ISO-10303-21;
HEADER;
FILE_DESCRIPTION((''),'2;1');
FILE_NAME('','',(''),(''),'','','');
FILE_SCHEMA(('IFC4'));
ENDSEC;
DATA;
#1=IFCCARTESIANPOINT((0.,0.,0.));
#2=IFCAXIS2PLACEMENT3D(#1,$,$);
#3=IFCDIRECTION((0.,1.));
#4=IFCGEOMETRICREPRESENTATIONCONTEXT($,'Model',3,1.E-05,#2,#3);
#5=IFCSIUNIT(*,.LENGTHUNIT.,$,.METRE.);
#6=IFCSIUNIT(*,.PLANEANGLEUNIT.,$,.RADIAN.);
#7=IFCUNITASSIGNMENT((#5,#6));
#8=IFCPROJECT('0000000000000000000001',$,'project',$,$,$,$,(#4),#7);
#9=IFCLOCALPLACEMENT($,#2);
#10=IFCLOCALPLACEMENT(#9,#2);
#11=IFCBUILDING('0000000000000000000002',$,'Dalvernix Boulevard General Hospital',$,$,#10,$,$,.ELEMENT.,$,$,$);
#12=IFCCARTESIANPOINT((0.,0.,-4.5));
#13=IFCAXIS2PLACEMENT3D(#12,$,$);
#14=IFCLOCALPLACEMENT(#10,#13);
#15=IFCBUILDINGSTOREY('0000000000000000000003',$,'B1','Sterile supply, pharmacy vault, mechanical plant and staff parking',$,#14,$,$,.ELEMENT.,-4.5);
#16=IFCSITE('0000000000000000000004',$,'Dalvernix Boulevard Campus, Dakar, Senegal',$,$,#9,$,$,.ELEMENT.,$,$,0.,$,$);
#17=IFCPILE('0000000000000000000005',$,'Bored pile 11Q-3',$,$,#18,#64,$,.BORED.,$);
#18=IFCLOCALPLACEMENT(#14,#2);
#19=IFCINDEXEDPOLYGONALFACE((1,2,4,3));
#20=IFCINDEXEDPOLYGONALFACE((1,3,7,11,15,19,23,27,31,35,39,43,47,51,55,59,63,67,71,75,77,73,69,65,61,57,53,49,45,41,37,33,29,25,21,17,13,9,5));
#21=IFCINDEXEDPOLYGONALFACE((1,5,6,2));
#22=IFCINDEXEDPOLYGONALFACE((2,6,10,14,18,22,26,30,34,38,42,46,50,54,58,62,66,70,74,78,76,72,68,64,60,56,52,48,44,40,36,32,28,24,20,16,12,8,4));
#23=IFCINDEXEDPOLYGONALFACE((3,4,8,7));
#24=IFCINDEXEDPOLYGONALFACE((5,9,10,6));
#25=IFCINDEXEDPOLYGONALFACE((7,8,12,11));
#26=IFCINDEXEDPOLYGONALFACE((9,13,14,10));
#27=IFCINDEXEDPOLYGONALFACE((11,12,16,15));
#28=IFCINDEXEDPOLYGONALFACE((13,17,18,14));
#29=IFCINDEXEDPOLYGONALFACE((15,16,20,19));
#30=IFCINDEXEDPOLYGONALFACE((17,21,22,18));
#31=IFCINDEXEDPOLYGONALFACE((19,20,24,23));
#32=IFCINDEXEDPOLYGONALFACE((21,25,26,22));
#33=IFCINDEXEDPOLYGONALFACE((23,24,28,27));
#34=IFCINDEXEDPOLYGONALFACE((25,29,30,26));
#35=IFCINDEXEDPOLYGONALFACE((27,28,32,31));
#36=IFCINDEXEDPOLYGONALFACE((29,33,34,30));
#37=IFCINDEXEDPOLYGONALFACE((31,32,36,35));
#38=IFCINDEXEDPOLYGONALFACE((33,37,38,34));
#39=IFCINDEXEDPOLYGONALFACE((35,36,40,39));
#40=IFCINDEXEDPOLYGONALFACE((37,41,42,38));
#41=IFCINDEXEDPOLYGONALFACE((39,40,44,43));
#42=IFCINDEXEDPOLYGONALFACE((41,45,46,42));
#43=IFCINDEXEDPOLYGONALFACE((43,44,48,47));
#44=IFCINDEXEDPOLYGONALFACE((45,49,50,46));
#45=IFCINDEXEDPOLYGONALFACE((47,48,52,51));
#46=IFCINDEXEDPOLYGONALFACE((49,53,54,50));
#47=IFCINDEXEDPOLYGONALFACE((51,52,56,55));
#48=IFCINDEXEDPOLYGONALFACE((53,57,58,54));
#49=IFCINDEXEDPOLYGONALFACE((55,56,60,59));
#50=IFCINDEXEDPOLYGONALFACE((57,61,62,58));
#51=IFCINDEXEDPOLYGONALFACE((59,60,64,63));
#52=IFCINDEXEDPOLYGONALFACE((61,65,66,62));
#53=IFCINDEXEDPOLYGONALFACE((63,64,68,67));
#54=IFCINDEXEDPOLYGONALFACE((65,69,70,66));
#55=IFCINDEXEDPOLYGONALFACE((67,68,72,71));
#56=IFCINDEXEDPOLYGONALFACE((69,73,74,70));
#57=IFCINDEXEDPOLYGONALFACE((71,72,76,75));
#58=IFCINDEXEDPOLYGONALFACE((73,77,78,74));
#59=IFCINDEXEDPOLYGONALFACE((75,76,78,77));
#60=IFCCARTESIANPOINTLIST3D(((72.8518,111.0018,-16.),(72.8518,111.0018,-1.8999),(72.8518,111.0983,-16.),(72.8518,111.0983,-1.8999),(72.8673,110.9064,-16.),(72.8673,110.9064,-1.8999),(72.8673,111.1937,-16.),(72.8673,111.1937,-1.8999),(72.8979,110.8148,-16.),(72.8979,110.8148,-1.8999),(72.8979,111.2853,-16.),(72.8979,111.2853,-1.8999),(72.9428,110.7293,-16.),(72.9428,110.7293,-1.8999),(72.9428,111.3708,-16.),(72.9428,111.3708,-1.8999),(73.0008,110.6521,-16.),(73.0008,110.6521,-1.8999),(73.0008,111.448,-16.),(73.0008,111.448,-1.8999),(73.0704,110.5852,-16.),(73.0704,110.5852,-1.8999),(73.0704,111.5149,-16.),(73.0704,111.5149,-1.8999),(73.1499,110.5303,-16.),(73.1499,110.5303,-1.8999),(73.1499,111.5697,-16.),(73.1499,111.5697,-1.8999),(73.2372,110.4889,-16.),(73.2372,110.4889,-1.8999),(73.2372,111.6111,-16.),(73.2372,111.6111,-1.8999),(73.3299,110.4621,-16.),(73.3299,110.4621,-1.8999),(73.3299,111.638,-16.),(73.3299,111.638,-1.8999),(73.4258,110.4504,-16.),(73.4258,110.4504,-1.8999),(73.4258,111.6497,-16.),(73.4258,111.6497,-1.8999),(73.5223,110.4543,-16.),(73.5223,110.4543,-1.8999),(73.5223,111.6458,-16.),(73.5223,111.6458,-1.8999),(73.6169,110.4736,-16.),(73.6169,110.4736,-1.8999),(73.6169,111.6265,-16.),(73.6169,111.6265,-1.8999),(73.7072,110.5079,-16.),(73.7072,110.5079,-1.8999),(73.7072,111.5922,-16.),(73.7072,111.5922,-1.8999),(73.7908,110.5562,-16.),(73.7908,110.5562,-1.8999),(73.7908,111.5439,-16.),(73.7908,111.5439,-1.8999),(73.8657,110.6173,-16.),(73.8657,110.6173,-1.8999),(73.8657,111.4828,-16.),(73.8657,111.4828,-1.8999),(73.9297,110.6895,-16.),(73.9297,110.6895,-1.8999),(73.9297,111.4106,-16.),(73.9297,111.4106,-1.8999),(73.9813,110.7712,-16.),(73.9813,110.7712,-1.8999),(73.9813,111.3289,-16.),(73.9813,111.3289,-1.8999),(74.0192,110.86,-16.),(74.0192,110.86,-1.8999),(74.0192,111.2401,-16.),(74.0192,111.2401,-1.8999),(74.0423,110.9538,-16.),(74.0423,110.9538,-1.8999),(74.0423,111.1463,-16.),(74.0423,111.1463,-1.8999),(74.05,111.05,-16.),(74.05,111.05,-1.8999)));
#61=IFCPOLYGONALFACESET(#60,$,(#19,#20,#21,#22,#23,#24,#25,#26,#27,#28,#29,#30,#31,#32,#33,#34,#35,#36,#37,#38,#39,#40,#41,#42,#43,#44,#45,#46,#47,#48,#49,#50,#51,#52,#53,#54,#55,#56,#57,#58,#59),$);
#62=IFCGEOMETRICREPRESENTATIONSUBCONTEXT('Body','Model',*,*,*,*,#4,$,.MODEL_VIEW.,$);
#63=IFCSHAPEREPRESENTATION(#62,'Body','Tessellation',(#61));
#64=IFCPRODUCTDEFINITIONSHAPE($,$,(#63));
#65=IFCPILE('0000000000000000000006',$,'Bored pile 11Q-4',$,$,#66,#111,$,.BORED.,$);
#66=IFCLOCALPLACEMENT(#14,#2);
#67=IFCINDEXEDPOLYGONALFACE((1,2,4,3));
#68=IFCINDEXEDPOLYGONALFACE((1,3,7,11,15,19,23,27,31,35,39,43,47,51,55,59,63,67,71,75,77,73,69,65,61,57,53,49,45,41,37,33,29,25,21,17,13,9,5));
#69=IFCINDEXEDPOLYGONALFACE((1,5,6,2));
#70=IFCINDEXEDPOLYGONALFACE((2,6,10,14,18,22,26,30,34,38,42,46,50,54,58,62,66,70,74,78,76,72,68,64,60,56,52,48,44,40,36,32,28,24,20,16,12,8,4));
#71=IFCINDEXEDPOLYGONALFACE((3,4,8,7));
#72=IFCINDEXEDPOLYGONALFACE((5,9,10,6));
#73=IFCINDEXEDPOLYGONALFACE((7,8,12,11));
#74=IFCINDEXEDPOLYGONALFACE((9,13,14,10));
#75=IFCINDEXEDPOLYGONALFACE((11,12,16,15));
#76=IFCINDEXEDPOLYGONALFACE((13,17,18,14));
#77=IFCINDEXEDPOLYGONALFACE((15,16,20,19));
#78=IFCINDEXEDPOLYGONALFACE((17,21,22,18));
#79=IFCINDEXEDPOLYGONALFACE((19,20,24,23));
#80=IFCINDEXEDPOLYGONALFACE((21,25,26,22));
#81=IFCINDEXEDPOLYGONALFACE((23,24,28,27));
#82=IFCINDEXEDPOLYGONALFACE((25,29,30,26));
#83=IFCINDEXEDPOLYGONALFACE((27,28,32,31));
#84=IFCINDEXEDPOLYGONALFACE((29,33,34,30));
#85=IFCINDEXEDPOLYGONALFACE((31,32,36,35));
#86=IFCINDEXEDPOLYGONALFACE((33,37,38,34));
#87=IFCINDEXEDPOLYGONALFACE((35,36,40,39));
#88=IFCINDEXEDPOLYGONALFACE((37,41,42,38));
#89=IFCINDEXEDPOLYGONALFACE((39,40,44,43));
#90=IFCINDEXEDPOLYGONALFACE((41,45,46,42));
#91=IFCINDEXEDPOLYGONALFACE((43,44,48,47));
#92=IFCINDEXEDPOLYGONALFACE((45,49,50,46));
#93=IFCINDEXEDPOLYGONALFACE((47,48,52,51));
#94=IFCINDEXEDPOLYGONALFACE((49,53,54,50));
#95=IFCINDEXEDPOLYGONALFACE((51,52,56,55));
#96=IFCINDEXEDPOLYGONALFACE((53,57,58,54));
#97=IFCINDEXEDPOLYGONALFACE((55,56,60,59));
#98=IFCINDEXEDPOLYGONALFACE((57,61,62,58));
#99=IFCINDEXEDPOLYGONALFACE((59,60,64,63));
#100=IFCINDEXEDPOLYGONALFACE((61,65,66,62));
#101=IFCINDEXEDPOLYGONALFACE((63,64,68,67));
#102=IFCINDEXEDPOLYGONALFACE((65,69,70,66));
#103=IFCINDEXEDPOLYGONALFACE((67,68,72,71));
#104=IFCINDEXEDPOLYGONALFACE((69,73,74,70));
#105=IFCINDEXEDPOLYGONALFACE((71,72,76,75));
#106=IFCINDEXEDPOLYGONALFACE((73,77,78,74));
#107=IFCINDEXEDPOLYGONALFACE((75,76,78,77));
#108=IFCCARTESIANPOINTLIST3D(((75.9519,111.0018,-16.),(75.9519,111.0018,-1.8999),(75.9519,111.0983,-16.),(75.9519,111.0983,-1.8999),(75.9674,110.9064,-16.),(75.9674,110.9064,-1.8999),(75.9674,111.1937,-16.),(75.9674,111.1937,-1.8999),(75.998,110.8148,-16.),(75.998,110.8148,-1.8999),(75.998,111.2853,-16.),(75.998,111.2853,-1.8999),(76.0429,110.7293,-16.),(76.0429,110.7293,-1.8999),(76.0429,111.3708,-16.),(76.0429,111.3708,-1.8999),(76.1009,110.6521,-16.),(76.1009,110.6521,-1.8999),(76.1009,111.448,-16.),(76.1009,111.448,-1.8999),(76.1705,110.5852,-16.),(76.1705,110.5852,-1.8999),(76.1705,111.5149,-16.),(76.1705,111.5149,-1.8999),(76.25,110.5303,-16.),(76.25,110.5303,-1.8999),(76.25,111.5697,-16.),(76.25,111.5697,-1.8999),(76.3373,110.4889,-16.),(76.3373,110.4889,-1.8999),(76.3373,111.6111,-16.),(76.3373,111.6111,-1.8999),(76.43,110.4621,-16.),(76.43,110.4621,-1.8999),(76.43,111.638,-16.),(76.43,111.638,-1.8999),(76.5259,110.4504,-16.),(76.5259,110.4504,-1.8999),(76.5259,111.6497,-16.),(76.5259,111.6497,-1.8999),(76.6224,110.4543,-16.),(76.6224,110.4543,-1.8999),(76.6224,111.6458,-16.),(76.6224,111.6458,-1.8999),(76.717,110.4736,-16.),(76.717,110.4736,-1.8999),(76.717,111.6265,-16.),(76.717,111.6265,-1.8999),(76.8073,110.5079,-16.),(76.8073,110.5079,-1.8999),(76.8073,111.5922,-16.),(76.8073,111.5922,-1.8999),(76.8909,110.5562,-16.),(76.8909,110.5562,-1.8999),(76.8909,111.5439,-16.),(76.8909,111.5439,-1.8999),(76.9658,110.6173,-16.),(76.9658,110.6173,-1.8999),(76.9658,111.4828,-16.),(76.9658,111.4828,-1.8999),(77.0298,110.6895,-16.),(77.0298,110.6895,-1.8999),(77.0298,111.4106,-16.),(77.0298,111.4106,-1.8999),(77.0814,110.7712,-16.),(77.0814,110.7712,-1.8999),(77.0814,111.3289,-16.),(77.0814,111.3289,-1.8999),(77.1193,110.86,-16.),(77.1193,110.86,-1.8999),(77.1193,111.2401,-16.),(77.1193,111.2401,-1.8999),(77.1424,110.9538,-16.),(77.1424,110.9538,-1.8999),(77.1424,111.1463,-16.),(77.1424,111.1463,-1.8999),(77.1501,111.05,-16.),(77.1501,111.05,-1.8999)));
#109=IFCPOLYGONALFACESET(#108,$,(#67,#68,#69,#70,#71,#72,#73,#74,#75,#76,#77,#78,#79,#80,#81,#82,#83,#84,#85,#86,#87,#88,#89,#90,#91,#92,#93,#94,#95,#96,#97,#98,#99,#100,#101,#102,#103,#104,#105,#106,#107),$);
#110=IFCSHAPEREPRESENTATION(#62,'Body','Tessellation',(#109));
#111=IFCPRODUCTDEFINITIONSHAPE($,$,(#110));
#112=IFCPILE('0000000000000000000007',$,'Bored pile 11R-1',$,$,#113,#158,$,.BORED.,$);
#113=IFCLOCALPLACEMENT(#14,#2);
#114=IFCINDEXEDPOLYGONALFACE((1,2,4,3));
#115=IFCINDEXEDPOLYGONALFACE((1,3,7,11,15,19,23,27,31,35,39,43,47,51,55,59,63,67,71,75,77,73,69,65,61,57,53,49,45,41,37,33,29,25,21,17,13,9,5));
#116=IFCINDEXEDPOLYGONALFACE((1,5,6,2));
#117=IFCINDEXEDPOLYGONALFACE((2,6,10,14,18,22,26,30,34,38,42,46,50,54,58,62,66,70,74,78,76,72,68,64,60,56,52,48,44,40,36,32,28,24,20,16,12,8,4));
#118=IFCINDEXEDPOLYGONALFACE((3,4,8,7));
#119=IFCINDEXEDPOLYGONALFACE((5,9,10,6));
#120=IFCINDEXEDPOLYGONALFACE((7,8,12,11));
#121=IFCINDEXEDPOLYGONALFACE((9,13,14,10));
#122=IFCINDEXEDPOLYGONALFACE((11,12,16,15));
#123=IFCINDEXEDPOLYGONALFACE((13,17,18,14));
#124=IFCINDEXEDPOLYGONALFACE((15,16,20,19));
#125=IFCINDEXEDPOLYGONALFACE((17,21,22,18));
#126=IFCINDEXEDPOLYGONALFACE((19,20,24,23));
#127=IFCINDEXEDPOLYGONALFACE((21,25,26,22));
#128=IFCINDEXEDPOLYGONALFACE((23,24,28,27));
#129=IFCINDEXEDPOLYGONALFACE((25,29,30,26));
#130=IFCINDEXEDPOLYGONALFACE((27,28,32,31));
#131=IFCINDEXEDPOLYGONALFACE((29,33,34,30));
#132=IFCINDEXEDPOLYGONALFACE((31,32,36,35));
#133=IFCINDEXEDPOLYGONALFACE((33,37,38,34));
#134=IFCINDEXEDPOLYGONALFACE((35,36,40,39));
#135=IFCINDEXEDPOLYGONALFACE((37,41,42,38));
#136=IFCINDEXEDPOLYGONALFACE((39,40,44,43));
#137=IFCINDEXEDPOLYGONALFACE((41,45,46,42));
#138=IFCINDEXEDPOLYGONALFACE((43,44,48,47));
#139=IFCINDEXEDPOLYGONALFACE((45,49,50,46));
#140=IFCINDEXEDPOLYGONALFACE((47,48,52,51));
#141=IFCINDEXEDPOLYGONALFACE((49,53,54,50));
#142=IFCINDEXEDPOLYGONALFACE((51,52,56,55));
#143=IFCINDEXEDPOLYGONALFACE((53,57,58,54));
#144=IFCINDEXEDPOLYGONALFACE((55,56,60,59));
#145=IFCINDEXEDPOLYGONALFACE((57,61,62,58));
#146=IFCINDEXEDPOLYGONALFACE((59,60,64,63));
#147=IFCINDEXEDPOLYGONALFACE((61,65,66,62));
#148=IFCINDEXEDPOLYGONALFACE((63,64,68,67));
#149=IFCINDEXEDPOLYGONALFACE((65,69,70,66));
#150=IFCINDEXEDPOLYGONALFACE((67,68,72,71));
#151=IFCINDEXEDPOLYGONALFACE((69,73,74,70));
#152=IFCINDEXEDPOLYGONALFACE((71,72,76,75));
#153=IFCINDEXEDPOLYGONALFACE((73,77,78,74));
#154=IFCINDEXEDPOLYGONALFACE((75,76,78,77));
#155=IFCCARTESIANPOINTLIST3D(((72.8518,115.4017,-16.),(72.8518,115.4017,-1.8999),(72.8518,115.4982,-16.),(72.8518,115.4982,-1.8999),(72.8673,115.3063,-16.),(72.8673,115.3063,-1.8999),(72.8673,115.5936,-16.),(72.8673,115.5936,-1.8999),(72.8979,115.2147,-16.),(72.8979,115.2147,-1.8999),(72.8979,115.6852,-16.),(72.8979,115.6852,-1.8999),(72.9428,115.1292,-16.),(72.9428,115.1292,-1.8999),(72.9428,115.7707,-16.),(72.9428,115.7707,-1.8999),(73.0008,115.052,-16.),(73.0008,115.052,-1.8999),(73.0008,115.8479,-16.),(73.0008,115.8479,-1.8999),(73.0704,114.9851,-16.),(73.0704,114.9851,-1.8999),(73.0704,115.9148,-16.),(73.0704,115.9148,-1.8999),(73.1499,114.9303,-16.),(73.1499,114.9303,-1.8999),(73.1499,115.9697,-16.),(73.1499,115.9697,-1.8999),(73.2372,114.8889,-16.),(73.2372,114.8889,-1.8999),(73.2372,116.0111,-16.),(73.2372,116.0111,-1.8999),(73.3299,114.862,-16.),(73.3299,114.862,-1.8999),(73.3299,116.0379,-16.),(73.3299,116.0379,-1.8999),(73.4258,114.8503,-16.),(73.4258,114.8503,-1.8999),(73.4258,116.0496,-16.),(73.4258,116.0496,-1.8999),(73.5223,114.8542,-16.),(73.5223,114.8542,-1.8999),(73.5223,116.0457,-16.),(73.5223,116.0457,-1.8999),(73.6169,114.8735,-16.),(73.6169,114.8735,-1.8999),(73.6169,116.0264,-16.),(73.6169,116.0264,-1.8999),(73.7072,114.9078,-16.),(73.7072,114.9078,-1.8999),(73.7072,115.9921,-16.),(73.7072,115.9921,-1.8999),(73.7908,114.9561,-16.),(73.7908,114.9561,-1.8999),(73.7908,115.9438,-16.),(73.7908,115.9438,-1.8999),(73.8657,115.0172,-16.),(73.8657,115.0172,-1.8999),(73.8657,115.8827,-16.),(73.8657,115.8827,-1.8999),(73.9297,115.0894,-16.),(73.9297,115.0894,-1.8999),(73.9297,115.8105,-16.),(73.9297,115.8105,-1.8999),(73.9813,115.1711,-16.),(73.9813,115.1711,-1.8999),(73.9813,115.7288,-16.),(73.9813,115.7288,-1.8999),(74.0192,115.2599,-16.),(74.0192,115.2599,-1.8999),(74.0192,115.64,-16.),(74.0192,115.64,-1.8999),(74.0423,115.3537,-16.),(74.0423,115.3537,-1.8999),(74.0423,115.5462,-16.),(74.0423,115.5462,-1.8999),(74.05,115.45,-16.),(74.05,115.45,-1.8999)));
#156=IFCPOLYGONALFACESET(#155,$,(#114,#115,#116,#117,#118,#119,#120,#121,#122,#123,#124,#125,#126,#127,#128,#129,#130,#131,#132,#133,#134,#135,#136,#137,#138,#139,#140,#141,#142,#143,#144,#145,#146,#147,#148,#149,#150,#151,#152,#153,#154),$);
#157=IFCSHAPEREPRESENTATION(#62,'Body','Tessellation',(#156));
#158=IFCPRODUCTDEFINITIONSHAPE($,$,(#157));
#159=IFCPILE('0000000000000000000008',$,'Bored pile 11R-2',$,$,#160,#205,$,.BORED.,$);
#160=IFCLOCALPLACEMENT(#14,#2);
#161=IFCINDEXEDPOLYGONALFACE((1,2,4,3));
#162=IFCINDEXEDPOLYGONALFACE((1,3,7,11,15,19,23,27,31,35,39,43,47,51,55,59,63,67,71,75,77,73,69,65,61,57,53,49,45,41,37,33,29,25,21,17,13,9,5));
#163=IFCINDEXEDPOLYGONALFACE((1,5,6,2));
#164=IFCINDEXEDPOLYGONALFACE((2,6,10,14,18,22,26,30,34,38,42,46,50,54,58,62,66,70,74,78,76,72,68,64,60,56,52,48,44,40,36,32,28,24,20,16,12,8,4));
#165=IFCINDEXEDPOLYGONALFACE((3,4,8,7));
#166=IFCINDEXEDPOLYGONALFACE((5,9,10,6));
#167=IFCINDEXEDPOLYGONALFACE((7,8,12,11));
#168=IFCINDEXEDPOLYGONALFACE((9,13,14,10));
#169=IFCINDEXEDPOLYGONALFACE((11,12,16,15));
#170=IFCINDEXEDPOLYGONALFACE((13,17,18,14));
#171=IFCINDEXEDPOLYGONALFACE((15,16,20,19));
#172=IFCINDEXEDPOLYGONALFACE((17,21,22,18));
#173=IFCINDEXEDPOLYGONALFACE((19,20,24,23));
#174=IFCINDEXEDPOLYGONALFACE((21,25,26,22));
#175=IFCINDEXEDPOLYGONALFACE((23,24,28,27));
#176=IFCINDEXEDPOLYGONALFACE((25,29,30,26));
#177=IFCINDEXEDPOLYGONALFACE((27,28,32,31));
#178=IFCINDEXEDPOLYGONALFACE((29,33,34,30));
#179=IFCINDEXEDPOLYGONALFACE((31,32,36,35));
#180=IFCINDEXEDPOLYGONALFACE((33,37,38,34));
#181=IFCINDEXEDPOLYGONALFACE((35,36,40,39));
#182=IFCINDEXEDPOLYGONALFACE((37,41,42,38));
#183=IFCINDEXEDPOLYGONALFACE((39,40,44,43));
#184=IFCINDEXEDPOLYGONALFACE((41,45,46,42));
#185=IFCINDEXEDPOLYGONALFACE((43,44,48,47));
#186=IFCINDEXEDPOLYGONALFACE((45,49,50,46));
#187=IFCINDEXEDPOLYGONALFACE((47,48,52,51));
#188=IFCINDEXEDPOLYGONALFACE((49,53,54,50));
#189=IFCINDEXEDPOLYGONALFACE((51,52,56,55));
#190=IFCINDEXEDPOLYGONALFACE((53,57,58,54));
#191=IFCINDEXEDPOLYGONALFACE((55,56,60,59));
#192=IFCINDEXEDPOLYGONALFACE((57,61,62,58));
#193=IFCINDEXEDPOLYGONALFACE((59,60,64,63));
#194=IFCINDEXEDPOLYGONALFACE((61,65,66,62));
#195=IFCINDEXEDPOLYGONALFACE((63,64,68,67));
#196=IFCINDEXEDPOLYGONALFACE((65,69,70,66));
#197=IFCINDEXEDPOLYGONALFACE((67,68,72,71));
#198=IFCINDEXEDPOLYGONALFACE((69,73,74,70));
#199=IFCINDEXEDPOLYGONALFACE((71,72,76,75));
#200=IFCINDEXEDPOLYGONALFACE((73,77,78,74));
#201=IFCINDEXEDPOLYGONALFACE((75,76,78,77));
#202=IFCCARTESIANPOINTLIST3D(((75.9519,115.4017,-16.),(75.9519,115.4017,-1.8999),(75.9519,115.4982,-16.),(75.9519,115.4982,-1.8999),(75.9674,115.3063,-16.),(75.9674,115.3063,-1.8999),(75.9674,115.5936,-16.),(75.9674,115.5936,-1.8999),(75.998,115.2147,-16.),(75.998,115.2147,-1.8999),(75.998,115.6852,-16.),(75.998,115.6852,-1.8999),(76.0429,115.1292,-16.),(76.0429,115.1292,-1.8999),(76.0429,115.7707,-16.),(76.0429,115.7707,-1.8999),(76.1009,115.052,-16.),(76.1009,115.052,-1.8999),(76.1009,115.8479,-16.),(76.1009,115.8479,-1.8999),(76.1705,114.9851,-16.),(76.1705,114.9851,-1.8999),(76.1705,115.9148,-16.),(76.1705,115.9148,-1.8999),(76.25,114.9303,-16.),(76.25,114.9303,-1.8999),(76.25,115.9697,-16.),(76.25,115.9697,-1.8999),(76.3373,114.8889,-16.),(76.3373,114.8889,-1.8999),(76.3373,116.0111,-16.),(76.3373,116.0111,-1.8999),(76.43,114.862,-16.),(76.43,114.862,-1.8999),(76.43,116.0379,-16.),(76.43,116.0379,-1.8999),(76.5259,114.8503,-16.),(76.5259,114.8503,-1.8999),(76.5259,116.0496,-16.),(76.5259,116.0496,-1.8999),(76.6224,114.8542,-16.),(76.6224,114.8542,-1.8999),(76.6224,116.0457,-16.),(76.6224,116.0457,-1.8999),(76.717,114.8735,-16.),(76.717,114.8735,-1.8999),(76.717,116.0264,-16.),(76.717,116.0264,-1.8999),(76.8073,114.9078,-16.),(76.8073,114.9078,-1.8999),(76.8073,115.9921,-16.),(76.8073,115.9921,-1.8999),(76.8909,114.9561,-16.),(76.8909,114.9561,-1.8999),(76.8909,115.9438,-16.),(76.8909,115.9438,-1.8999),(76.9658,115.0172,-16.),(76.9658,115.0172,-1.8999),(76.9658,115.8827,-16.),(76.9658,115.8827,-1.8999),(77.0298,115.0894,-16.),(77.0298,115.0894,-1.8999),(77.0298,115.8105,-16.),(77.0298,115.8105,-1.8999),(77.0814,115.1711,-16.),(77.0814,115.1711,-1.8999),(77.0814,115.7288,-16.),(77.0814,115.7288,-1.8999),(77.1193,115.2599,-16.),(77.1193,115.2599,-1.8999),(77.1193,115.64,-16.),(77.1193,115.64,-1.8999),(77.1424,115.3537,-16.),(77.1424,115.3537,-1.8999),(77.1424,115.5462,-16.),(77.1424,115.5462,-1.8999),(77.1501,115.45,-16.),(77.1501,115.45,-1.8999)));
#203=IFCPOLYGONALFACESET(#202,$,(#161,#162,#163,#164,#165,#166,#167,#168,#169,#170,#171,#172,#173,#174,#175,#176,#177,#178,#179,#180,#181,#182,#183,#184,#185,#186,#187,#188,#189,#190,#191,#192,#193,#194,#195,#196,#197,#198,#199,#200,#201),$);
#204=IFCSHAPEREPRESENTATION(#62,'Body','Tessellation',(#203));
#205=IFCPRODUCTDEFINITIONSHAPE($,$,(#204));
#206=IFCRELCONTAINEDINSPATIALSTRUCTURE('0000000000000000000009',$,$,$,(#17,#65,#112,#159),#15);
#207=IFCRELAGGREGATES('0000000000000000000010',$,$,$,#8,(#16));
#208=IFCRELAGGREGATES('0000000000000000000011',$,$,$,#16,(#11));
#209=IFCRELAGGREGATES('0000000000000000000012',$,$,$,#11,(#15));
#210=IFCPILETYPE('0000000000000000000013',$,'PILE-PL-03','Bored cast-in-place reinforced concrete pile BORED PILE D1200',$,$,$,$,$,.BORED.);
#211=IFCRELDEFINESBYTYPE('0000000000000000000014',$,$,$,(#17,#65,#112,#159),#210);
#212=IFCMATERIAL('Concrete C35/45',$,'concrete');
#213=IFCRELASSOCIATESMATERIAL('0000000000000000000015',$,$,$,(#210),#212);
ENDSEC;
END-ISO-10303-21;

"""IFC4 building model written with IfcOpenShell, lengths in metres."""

from ifc_helpers import new_model, si_unit, direction, frame, origin, origin_2d, place, context, subcontext, project, spatial, circle, extrude, material, material_profile, profile_set, type_object, element, save


model = new_model("IFC4")

# Units and contexts
model_context = context("Model", 3, precision=1e-05, world=origin(), true_north=direction((0.0, 1.0)))
body_context = subcontext(model_context, "Body", "Model", "MODEL_VIEW")
ifc_project = project(units=[si_unit("LENGTHUNIT", "METRE"), si_unit("PLANEANGLEUNIT", "RADIAN")], contexts=[model_context])

# Site, building, storey
site_placement = place(None, origin())
site = spatial("IfcSite", under=ifc_project, at=site_placement, Name="Dalvernix Boulevard Campus, Dakar, Senegal", CompositionType="ELEMENT", RefElevation=0.0)
building_placement = place(site_placement, origin())
building = spatial("IfcBuilding", under=site, at=building_placement, Name="Dalvernix Boulevard General Hospital", CompositionType="ELEMENT")
storey_placement = place(building_placement, frame((0.0, 0.0, -4.5)))
storey = spatial("IfcBuildingStorey", under=building, at=storey_placement, Name="B1", Description="Sterile supply, pharmacy vault, mechanical plant and staff parking", CompositionType="ELEMENT", Elevation=-4.5)

# Shared definitions
ifc_material_1 = material(Name="Concrete C35/45", Category="concrete")

# Piles
ifc_material_profile_1 = material_profile(ifc_material_1, circle(Radius=0.6001, at=origin_2d()), Name="BORED PILE D1200")
ifc_profile_set_1 = profile_set([ifc_material_profile_1], Name="Concrete C35/45")
pile_type = type_object("IfcPileType", Name="PILE-PL-03", Description="Bored cast-in-place reinforced concrete pile BORED PILE D1200", PredefinedType="BORED", material=ifc_profile_set_1)
for number, where, z_axis, x_axis, name in (
    (1, (73.45, 111.05, -1.8999), (0.0, 0.0, -1.0), (1.0, 0.0, 0.0), "Bored pile 11Q-3"),
    (2, (76.55, 111.05, -1.8999), (0.0, 0.0, -1.0), (1.0, 0.0, 0.0), "Bored pile 11Q-4"),
    (3, (73.45, 115.45, -1.8999), (0.0, 0.0, -1.0), (1.0, 0.0, 0.0), "Bored pile 11R-1"),
    (4, (76.55, 115.45, -1.8999), (0.0, 0.0, -1.0), (1.0, 0.0, 0.0), "Bored pile 11R-2"),
):
    element("IfcPile", number, at=place(storey_placement, frame(where, z_axis=z_axis, x_axis=x_axis)), inside=storey, type_object=pile_type, Name=name, PredefinedType="BORED", context=body_context, shape_type="SweptSolid", body=[
        extrude(circle(Radius=0.6001, at=origin_2d()), origin(), (0.0, 0.0, 1.0), 14.1001),
    ])

save(model, "model.ifc")
